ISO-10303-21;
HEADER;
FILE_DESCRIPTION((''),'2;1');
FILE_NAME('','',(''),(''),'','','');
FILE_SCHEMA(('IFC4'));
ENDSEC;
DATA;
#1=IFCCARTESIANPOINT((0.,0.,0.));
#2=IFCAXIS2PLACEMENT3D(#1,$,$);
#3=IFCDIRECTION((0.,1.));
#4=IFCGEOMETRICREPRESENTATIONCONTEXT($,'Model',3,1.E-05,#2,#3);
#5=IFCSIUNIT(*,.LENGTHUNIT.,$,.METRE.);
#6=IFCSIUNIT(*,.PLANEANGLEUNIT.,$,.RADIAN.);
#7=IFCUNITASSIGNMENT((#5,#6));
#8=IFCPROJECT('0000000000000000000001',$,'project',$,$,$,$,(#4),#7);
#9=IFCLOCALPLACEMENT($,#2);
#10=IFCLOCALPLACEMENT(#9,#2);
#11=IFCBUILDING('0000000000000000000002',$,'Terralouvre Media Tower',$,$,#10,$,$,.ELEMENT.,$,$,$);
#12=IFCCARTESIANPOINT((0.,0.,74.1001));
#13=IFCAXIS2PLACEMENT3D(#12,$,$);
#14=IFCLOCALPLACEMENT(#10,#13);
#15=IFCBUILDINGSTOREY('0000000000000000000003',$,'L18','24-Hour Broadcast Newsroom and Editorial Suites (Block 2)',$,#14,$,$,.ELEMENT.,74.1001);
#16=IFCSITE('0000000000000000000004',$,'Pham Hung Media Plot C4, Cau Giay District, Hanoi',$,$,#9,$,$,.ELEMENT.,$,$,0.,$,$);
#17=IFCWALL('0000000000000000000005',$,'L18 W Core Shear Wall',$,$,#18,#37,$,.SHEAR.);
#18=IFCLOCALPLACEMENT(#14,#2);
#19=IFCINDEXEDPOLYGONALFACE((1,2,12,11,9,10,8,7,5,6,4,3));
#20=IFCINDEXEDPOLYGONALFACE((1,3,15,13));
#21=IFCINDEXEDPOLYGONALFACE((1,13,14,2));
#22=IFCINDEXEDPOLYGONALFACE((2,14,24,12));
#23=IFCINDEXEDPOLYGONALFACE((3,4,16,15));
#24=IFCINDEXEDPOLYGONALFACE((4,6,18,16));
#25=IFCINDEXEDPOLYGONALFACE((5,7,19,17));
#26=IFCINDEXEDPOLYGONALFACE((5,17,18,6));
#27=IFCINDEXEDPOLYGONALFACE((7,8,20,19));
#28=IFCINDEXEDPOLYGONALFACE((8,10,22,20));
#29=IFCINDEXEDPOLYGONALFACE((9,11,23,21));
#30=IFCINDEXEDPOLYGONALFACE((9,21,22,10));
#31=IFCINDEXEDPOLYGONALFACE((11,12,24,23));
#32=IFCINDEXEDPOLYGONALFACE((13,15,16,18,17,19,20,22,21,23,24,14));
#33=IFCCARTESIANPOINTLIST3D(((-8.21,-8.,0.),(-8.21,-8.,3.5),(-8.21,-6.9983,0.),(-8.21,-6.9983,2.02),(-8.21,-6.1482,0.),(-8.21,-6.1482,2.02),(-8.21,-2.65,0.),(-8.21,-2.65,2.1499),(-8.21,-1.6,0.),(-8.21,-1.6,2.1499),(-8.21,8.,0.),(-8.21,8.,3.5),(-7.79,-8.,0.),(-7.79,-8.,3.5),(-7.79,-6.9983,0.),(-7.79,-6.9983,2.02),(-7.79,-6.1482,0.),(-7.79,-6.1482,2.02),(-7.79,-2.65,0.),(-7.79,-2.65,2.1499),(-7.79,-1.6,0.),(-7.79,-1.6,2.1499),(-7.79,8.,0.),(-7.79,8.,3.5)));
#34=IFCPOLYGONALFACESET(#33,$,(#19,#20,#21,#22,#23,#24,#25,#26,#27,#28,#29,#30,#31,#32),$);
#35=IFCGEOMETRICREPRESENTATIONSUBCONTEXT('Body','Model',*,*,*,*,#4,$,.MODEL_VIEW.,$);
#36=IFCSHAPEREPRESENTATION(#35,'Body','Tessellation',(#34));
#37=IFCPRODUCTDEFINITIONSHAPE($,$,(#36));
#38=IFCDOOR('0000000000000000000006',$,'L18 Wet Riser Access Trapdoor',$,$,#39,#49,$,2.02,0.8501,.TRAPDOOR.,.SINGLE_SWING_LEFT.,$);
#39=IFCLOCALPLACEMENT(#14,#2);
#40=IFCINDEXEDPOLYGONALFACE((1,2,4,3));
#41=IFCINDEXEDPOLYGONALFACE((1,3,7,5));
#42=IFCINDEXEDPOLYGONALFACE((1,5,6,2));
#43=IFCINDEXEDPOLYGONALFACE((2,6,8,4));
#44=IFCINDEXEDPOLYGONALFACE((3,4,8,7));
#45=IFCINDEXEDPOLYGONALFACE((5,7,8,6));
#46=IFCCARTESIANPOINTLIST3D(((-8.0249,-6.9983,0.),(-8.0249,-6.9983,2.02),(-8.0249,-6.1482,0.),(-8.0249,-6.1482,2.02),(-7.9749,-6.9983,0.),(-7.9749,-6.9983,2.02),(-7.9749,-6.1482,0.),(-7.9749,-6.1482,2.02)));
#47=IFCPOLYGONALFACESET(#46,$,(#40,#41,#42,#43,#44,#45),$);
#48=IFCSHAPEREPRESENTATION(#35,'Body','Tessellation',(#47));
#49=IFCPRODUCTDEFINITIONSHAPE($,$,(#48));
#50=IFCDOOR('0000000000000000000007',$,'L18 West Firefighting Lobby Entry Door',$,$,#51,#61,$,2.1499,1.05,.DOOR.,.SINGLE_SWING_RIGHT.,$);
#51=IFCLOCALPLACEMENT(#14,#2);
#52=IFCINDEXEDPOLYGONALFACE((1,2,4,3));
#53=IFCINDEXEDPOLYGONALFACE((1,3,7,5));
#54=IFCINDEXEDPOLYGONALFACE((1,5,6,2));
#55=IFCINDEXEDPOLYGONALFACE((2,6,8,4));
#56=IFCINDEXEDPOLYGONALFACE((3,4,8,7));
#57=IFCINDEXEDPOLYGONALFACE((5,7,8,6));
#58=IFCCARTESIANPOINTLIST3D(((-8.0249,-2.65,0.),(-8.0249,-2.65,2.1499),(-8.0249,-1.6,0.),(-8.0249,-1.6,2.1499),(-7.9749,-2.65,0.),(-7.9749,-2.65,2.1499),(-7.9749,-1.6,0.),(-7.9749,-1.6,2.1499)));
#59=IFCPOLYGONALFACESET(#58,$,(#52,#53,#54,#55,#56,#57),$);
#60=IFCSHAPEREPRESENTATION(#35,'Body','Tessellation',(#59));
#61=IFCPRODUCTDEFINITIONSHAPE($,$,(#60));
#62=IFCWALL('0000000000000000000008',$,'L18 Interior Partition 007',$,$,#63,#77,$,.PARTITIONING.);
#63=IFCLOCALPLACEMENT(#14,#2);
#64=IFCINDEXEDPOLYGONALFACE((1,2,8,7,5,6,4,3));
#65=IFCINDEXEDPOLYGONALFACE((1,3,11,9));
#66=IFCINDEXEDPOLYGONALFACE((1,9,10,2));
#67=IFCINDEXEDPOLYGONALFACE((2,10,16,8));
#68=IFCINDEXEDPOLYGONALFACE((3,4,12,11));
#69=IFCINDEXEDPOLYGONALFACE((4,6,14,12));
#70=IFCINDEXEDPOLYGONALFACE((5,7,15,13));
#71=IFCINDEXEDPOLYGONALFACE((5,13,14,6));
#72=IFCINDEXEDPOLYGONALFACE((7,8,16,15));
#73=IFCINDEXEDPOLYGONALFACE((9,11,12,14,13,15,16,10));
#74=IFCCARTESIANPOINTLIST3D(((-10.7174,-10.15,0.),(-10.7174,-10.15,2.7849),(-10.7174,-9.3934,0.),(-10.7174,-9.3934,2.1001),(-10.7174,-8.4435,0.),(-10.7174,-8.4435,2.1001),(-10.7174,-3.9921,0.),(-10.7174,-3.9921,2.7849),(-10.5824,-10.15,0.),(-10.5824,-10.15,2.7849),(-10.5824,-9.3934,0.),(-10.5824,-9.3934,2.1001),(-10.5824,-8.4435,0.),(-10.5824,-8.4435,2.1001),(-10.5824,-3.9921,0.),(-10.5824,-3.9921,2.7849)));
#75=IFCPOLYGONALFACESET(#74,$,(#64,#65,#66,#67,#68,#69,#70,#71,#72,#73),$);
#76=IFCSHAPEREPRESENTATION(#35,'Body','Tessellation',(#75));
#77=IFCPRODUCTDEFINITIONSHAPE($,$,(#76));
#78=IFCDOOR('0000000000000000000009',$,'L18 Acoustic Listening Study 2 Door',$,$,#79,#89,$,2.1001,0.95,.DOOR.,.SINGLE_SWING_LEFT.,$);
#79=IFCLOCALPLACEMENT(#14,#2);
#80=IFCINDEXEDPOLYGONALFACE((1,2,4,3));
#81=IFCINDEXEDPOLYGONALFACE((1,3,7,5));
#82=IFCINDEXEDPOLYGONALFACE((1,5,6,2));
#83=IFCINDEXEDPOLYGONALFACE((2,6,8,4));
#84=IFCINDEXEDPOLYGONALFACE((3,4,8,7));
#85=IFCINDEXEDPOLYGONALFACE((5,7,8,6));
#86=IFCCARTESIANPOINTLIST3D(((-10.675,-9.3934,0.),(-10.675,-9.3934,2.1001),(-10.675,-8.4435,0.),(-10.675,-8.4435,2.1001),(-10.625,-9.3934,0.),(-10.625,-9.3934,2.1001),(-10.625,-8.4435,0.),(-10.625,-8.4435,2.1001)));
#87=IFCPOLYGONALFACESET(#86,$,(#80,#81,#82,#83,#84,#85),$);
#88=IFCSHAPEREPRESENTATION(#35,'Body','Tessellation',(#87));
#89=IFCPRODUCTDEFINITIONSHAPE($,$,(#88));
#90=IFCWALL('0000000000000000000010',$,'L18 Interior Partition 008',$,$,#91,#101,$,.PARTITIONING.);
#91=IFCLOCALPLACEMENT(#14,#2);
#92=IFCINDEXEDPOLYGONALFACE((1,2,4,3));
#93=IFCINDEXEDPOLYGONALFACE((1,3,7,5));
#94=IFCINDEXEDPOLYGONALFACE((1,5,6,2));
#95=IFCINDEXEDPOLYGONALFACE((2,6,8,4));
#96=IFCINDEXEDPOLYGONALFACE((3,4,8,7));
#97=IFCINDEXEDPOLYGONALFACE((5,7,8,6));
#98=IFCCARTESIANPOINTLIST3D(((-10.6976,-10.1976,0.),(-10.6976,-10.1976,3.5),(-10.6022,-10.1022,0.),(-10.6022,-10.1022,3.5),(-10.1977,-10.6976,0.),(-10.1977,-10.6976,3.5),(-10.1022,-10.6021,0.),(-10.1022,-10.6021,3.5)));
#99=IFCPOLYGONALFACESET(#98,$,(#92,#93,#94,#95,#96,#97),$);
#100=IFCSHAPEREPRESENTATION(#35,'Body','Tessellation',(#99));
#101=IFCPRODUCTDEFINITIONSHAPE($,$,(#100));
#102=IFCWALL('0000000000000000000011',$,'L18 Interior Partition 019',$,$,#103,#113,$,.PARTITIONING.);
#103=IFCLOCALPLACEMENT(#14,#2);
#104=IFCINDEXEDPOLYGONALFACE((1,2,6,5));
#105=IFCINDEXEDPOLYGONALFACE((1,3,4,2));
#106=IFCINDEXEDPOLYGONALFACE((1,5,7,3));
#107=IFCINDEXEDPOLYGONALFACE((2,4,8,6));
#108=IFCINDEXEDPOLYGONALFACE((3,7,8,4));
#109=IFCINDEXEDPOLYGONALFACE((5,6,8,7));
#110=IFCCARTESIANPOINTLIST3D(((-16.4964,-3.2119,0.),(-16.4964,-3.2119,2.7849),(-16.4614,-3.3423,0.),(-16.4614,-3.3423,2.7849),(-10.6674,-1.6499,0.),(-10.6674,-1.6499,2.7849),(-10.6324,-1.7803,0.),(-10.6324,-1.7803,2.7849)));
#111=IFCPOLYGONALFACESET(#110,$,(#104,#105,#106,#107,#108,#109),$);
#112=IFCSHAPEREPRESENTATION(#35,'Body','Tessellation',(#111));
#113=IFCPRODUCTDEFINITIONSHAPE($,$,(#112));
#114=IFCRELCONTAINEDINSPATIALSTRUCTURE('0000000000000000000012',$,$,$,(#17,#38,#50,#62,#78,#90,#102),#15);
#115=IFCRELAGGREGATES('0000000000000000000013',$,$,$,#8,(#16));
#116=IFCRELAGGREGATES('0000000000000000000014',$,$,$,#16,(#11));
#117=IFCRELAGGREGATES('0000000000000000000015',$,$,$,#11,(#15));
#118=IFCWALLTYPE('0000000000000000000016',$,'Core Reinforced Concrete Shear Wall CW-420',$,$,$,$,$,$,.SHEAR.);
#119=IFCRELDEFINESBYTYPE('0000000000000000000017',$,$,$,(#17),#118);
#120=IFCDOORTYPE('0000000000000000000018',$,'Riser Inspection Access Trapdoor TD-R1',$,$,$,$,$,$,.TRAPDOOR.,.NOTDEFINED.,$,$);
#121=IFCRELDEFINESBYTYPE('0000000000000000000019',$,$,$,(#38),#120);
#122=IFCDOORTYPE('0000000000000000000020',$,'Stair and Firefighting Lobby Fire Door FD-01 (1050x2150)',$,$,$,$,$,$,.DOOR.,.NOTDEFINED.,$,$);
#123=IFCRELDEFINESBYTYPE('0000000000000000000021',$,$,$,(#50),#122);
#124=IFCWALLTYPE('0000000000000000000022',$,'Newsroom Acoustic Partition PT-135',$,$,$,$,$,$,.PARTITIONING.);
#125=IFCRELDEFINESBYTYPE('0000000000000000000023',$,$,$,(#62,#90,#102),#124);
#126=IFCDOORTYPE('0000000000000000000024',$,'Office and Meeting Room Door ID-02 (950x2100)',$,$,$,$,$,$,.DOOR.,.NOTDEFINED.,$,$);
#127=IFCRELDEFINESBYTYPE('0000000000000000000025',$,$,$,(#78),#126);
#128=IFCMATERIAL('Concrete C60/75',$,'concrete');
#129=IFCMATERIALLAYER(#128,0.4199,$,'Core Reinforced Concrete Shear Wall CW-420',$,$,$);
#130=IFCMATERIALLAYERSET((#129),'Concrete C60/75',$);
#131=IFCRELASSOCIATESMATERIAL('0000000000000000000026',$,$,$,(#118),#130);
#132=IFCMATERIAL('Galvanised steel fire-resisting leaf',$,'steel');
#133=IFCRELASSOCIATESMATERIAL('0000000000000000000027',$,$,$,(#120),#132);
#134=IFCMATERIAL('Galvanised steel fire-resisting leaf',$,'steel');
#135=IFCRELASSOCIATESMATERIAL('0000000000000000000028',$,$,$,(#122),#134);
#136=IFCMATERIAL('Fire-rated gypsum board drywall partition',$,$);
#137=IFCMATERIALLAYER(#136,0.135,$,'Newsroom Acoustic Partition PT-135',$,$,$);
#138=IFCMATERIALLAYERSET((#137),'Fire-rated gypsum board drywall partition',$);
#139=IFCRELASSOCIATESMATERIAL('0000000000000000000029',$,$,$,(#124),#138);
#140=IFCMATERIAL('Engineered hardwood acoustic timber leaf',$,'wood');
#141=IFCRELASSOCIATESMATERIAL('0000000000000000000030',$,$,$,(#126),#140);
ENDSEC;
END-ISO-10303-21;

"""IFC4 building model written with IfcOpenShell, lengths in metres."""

from ifc_helpers import new_model, si_unit, direction, frame, frame_2d, origin, place, context, subcontext, project, spatial, rectangle, extrude, material, layer, layer_set, type_object, element, fill, save


model = new_model("IFC4")

# Units and contexts
model_context = context("Model", 3, precision=1e-05, world=origin(), true_north=direction((0.0, 1.0)))
body_context = subcontext(model_context, "Body", "Model", "MODEL_VIEW")
ifc_project = project(units=[si_unit("LENGTHUNIT", "METRE"), si_unit("PLANEANGLEUNIT", "RADIAN")], contexts=[model_context])

# Site, building, storey
site_placement = place(None, origin())
site = spatial("IfcSite", under=ifc_project, at=site_placement, Name="Pham Hung Media Plot C4, Cau Giay District, Hanoi", CompositionType="ELEMENT", RefElevation=0.0)
building_placement = place(site_placement, origin())
building = spatial("IfcBuilding", under=site, at=building_placement, Name="Terralouvre Media Tower", CompositionType="ELEMENT")
storey_placement = place(building_placement, frame((0.0, 0.0, 74.1001)))
storey = spatial("IfcBuildingStorey", under=building, at=storey_placement, Name="L18", Description="24-Hour Broadcast Newsroom and Editorial Suites (Block 2)", CompositionType="ELEMENT", Elevation=74.1001)

# Wall, openings, doors
ifc_material_1 = material(Name="Concrete C60/75", Category="concrete")
ifc_layer_1 = layer(ifc_material_1, 0.4199, Name="Core Reinforced Concrete Shear Wall CW-420")
ifc_layer_set_1 = layer_set([ifc_layer_1], Name="Concrete C60/75")
wall_type_1 = type_object("IfcWallType", Name="Core Reinforced Concrete Shear Wall CW-420", PredefinedType="SHEAR", material=ifc_layer_set_1)
wall_1_placement = place(storey_placement, frame((-8.0, -8.0, 0.0), z_axis=(0.0, 0.0, 1.0), x_axis=(0.0, 1.0, 0.0)))
wall_1 = element("IfcWall", 1, at=wall_1_placement, inside=storey, type_object=wall_type_1, Name="L18 W Core Shear Wall", PredefinedType="SHEAR", context=body_context, shape_type="SweptSolid", body=[
    extrude(rectangle(XDim=16.0, YDim=0.4199, at=frame_2d((8.0, 0.0))), origin(), (0.0, 0.0, 1.0), 3.5),
])
opening_1_placement = place(wall_1_placement, frame((1.0017, 0.0, 0.0)))
opening_1 = element("IfcOpeningElement", 2, at=opening_1_placement, cuts=wall_1, PredefinedType="OPENING", context=body_context, shape_type="SweptSolid", body=[
    extrude(rectangle(XDim=0.8501, YDim=2.02, at=frame_2d((0.425, 1.01))), frame((0.0, 0.22, 0.0), z_axis=(0.0, -1.0, 0.0), x_axis=(1.0, 0.0, 0.0)), (0.0, 0.0, 1.0), 0.4399),
])
opening_2_placement = place(wall_1_placement, frame((5.3501, 0.0, 0.0)))
opening_2 = element("IfcOpeningElement", 3, at=opening_2_placement, cuts=wall_1, PredefinedType="OPENING", context=body_context, shape_type="SweptSolid", body=[
    extrude(rectangle(XDim=1.05, YDim=2.1499, at=frame_2d((0.5249, 1.075))), frame((0.0, 0.22, 0.0), z_axis=(0.0, -1.0, 0.0), x_axis=(1.0, 0.0, 0.0)), (0.0, 0.0, 1.0), 0.4399),
])
ifc_material_2 = material(Name="Galvanised steel fire-resisting leaf", Category="steel")
door_type_1 = type_object("IfcDoorType", Name="Riser Inspection Access Trapdoor TD-R1", OperationType="NOTDEFINED", PredefinedType="TRAPDOOR", material=ifc_material_2)
door_1_placement = place(opening_1_placement, origin())
door_1 = element("IfcDoor", 4, at=door_1_placement, inside=storey, type_object=door_type_1, Name="L18 Wet Riser Access Trapdoor", OperationType="SINGLE_SWING_LEFT", OverallHeight=2.02, OverallWidth=0.8501, PredefinedType="TRAPDOOR", context=body_context, shape_type="SweptSolid", body=[
    extrude(rectangle(XDim=0.8501, YDim=2.02, at=frame_2d((0.425, 1.01))), frame((0.0, 0.0249, 0.0), z_axis=(0.0, -1.0, 0.0), x_axis=(1.0, 0.0, 0.0)), (0.0, 0.0, 1.0), 0.05),
])
fill(opening_1, door_1)
ifc_material_3 = material(Name="Galvanised steel fire-resisting leaf", Category="steel")
door_type_2 = type_object("IfcDoorType", Name="Stair and Firefighting Lobby Fire Door FD-01 (1050x2150)", OperationType="NOTDEFINED", PredefinedType="DOOR", material=ifc_material_3)
door_2_placement = place(opening_2_placement, origin())
door_2 = element("IfcDoor", 5, at=door_2_placement, inside=storey, type_object=door_type_2, Name="L18 West Firefighting Lobby Entry Door", OperationType="SINGLE_SWING_RIGHT", OverallHeight=2.1499, OverallWidth=1.05, PredefinedType="DOOR", context=body_context, shape_type="SweptSolid", body=[
    extrude(rectangle(XDim=1.05, YDim=2.1499, at=frame_2d((0.5249, 1.075))), frame((0.0, 0.0249, 0.0), z_axis=(0.0, -1.0, 0.0), x_axis=(1.0, 0.0, 0.0)), (0.0, 0.0, 1.0), 0.05),
])
fill(opening_2, door_2)

# Wall, opening, door
ifc_material_4 = material(Name="Fire-rated gypsum board drywall partition")
ifc_layer_2 = layer(ifc_material_4, 0.135, Name="Newsroom Acoustic Partition PT-135")
ifc_layer_set_2 = layer_set([ifc_layer_2], Name="Fire-rated gypsum board drywall partition")
wall_type_2 = type_object("IfcWallType", Name="Newsroom Acoustic Partition PT-135", PredefinedType="PARTITIONING", material=ifc_layer_set_2)
wall_2_placement = place(storey_placement, frame((-10.6499, -3.9919, 0.0), z_axis=(0.0, 0.0, 1.0), x_axis=(0.0, -1.0, 0.0)))
wall_2 = element("IfcWall", 6, at=wall_2_placement, inside=storey, type_object=wall_type_2, Name="L18 Interior Partition 007", PredefinedType="PARTITIONING", context=body_context, shape_type="SweptSolid", body=[
    extrude(rectangle(XDim=6.158, YDim=0.135, at=frame_2d((3.0791, 0.0))), origin(), (0.0, 0.0, 1.0), 2.7849),
])
opening_3_placement = place(wall_2_placement, frame((4.4514, 0.0, 0.0)))
opening_3 = element("IfcOpeningElement", 7, at=opening_3_placement, cuts=wall_2, PredefinedType="OPENING", context=body_context, shape_type="SweptSolid", body=[
    extrude(rectangle(XDim=0.95, YDim=2.1001, at=frame_2d((0.4751, 1.05))), frame((0.0, 0.0774, 0.0), z_axis=(0.0, -1.0, 0.0), x_axis=(1.0, 0.0, 0.0)), (0.0, 0.0, 1.0), 0.155),
])
ifc_material_5 = material(Name="Engineered hardwood acoustic timber leaf", Category="wood")
door_type_3 = type_object("IfcDoorType", Name="Office and Meeting Room Door ID-02 (950x2100)", OperationType="NOTDEFINED", PredefinedType="DOOR", material=ifc_material_5)
door_3_placement = place(opening_3_placement, origin())
door_3 = element("IfcDoor", 8, at=door_3_placement, inside=storey, type_object=door_type_3, Name="L18 Acoustic Listening Study 2 Door", OperationType="SINGLE_SWING_LEFT", OverallHeight=2.1001, OverallWidth=0.95, PredefinedType="DOOR", context=body_context, shape_type="SweptSolid", body=[
    extrude(rectangle(XDim=0.95, YDim=2.1001, at=frame_2d((0.4751, 1.05))), frame((0.0, 0.0249, 0.0), z_axis=(0.0, -1.0, 0.0), x_axis=(1.0, 0.0, 0.0)), (0.0, 0.0, 1.0), 0.05),
])
fill(opening_3, door_3)

# Walls
wall_3_placement = place(storey_placement, frame((-10.6499, -10.1499, 0.0), z_axis=(0.0, 0.0, 1.0), x_axis=(0.707107, -0.707107, 0.0)))
element("IfcWall", 9, at=wall_3_placement, inside=storey, type_object=wall_type_2, Name="L18 Interior Partition 008", PredefinedType="PARTITIONING", context=body_context, shape_type="SweptSolid", body=[
    extrude(rectangle(XDim=0.707, YDim=0.135, at=frame_2d((0.3535, 0.0))), origin(), (0.0, 0.0, 1.0), 3.5),
])
wall_4_placement = place(storey_placement, frame((-10.6499, -1.7151, 0.0), z_axis=(0.0, 0.0, 1.0), x_axis=(-0.965921, -0.258836, 0.0)))
element("IfcWall", 10, at=wall_4_placement, inside=storey, type_object=wall_type_2, Name="L18 Interior Partition 019", PredefinedType="PARTITIONING", context=body_context, shape_type="SweptSolid", body=[
    extrude(rectangle(XDim=6.0347, YDim=0.135, at=frame_2d((3.0173, 0.0))), origin(), (0.0, 0.0, 1.0), 2.7849),
])

save(model, "model.ifc")
